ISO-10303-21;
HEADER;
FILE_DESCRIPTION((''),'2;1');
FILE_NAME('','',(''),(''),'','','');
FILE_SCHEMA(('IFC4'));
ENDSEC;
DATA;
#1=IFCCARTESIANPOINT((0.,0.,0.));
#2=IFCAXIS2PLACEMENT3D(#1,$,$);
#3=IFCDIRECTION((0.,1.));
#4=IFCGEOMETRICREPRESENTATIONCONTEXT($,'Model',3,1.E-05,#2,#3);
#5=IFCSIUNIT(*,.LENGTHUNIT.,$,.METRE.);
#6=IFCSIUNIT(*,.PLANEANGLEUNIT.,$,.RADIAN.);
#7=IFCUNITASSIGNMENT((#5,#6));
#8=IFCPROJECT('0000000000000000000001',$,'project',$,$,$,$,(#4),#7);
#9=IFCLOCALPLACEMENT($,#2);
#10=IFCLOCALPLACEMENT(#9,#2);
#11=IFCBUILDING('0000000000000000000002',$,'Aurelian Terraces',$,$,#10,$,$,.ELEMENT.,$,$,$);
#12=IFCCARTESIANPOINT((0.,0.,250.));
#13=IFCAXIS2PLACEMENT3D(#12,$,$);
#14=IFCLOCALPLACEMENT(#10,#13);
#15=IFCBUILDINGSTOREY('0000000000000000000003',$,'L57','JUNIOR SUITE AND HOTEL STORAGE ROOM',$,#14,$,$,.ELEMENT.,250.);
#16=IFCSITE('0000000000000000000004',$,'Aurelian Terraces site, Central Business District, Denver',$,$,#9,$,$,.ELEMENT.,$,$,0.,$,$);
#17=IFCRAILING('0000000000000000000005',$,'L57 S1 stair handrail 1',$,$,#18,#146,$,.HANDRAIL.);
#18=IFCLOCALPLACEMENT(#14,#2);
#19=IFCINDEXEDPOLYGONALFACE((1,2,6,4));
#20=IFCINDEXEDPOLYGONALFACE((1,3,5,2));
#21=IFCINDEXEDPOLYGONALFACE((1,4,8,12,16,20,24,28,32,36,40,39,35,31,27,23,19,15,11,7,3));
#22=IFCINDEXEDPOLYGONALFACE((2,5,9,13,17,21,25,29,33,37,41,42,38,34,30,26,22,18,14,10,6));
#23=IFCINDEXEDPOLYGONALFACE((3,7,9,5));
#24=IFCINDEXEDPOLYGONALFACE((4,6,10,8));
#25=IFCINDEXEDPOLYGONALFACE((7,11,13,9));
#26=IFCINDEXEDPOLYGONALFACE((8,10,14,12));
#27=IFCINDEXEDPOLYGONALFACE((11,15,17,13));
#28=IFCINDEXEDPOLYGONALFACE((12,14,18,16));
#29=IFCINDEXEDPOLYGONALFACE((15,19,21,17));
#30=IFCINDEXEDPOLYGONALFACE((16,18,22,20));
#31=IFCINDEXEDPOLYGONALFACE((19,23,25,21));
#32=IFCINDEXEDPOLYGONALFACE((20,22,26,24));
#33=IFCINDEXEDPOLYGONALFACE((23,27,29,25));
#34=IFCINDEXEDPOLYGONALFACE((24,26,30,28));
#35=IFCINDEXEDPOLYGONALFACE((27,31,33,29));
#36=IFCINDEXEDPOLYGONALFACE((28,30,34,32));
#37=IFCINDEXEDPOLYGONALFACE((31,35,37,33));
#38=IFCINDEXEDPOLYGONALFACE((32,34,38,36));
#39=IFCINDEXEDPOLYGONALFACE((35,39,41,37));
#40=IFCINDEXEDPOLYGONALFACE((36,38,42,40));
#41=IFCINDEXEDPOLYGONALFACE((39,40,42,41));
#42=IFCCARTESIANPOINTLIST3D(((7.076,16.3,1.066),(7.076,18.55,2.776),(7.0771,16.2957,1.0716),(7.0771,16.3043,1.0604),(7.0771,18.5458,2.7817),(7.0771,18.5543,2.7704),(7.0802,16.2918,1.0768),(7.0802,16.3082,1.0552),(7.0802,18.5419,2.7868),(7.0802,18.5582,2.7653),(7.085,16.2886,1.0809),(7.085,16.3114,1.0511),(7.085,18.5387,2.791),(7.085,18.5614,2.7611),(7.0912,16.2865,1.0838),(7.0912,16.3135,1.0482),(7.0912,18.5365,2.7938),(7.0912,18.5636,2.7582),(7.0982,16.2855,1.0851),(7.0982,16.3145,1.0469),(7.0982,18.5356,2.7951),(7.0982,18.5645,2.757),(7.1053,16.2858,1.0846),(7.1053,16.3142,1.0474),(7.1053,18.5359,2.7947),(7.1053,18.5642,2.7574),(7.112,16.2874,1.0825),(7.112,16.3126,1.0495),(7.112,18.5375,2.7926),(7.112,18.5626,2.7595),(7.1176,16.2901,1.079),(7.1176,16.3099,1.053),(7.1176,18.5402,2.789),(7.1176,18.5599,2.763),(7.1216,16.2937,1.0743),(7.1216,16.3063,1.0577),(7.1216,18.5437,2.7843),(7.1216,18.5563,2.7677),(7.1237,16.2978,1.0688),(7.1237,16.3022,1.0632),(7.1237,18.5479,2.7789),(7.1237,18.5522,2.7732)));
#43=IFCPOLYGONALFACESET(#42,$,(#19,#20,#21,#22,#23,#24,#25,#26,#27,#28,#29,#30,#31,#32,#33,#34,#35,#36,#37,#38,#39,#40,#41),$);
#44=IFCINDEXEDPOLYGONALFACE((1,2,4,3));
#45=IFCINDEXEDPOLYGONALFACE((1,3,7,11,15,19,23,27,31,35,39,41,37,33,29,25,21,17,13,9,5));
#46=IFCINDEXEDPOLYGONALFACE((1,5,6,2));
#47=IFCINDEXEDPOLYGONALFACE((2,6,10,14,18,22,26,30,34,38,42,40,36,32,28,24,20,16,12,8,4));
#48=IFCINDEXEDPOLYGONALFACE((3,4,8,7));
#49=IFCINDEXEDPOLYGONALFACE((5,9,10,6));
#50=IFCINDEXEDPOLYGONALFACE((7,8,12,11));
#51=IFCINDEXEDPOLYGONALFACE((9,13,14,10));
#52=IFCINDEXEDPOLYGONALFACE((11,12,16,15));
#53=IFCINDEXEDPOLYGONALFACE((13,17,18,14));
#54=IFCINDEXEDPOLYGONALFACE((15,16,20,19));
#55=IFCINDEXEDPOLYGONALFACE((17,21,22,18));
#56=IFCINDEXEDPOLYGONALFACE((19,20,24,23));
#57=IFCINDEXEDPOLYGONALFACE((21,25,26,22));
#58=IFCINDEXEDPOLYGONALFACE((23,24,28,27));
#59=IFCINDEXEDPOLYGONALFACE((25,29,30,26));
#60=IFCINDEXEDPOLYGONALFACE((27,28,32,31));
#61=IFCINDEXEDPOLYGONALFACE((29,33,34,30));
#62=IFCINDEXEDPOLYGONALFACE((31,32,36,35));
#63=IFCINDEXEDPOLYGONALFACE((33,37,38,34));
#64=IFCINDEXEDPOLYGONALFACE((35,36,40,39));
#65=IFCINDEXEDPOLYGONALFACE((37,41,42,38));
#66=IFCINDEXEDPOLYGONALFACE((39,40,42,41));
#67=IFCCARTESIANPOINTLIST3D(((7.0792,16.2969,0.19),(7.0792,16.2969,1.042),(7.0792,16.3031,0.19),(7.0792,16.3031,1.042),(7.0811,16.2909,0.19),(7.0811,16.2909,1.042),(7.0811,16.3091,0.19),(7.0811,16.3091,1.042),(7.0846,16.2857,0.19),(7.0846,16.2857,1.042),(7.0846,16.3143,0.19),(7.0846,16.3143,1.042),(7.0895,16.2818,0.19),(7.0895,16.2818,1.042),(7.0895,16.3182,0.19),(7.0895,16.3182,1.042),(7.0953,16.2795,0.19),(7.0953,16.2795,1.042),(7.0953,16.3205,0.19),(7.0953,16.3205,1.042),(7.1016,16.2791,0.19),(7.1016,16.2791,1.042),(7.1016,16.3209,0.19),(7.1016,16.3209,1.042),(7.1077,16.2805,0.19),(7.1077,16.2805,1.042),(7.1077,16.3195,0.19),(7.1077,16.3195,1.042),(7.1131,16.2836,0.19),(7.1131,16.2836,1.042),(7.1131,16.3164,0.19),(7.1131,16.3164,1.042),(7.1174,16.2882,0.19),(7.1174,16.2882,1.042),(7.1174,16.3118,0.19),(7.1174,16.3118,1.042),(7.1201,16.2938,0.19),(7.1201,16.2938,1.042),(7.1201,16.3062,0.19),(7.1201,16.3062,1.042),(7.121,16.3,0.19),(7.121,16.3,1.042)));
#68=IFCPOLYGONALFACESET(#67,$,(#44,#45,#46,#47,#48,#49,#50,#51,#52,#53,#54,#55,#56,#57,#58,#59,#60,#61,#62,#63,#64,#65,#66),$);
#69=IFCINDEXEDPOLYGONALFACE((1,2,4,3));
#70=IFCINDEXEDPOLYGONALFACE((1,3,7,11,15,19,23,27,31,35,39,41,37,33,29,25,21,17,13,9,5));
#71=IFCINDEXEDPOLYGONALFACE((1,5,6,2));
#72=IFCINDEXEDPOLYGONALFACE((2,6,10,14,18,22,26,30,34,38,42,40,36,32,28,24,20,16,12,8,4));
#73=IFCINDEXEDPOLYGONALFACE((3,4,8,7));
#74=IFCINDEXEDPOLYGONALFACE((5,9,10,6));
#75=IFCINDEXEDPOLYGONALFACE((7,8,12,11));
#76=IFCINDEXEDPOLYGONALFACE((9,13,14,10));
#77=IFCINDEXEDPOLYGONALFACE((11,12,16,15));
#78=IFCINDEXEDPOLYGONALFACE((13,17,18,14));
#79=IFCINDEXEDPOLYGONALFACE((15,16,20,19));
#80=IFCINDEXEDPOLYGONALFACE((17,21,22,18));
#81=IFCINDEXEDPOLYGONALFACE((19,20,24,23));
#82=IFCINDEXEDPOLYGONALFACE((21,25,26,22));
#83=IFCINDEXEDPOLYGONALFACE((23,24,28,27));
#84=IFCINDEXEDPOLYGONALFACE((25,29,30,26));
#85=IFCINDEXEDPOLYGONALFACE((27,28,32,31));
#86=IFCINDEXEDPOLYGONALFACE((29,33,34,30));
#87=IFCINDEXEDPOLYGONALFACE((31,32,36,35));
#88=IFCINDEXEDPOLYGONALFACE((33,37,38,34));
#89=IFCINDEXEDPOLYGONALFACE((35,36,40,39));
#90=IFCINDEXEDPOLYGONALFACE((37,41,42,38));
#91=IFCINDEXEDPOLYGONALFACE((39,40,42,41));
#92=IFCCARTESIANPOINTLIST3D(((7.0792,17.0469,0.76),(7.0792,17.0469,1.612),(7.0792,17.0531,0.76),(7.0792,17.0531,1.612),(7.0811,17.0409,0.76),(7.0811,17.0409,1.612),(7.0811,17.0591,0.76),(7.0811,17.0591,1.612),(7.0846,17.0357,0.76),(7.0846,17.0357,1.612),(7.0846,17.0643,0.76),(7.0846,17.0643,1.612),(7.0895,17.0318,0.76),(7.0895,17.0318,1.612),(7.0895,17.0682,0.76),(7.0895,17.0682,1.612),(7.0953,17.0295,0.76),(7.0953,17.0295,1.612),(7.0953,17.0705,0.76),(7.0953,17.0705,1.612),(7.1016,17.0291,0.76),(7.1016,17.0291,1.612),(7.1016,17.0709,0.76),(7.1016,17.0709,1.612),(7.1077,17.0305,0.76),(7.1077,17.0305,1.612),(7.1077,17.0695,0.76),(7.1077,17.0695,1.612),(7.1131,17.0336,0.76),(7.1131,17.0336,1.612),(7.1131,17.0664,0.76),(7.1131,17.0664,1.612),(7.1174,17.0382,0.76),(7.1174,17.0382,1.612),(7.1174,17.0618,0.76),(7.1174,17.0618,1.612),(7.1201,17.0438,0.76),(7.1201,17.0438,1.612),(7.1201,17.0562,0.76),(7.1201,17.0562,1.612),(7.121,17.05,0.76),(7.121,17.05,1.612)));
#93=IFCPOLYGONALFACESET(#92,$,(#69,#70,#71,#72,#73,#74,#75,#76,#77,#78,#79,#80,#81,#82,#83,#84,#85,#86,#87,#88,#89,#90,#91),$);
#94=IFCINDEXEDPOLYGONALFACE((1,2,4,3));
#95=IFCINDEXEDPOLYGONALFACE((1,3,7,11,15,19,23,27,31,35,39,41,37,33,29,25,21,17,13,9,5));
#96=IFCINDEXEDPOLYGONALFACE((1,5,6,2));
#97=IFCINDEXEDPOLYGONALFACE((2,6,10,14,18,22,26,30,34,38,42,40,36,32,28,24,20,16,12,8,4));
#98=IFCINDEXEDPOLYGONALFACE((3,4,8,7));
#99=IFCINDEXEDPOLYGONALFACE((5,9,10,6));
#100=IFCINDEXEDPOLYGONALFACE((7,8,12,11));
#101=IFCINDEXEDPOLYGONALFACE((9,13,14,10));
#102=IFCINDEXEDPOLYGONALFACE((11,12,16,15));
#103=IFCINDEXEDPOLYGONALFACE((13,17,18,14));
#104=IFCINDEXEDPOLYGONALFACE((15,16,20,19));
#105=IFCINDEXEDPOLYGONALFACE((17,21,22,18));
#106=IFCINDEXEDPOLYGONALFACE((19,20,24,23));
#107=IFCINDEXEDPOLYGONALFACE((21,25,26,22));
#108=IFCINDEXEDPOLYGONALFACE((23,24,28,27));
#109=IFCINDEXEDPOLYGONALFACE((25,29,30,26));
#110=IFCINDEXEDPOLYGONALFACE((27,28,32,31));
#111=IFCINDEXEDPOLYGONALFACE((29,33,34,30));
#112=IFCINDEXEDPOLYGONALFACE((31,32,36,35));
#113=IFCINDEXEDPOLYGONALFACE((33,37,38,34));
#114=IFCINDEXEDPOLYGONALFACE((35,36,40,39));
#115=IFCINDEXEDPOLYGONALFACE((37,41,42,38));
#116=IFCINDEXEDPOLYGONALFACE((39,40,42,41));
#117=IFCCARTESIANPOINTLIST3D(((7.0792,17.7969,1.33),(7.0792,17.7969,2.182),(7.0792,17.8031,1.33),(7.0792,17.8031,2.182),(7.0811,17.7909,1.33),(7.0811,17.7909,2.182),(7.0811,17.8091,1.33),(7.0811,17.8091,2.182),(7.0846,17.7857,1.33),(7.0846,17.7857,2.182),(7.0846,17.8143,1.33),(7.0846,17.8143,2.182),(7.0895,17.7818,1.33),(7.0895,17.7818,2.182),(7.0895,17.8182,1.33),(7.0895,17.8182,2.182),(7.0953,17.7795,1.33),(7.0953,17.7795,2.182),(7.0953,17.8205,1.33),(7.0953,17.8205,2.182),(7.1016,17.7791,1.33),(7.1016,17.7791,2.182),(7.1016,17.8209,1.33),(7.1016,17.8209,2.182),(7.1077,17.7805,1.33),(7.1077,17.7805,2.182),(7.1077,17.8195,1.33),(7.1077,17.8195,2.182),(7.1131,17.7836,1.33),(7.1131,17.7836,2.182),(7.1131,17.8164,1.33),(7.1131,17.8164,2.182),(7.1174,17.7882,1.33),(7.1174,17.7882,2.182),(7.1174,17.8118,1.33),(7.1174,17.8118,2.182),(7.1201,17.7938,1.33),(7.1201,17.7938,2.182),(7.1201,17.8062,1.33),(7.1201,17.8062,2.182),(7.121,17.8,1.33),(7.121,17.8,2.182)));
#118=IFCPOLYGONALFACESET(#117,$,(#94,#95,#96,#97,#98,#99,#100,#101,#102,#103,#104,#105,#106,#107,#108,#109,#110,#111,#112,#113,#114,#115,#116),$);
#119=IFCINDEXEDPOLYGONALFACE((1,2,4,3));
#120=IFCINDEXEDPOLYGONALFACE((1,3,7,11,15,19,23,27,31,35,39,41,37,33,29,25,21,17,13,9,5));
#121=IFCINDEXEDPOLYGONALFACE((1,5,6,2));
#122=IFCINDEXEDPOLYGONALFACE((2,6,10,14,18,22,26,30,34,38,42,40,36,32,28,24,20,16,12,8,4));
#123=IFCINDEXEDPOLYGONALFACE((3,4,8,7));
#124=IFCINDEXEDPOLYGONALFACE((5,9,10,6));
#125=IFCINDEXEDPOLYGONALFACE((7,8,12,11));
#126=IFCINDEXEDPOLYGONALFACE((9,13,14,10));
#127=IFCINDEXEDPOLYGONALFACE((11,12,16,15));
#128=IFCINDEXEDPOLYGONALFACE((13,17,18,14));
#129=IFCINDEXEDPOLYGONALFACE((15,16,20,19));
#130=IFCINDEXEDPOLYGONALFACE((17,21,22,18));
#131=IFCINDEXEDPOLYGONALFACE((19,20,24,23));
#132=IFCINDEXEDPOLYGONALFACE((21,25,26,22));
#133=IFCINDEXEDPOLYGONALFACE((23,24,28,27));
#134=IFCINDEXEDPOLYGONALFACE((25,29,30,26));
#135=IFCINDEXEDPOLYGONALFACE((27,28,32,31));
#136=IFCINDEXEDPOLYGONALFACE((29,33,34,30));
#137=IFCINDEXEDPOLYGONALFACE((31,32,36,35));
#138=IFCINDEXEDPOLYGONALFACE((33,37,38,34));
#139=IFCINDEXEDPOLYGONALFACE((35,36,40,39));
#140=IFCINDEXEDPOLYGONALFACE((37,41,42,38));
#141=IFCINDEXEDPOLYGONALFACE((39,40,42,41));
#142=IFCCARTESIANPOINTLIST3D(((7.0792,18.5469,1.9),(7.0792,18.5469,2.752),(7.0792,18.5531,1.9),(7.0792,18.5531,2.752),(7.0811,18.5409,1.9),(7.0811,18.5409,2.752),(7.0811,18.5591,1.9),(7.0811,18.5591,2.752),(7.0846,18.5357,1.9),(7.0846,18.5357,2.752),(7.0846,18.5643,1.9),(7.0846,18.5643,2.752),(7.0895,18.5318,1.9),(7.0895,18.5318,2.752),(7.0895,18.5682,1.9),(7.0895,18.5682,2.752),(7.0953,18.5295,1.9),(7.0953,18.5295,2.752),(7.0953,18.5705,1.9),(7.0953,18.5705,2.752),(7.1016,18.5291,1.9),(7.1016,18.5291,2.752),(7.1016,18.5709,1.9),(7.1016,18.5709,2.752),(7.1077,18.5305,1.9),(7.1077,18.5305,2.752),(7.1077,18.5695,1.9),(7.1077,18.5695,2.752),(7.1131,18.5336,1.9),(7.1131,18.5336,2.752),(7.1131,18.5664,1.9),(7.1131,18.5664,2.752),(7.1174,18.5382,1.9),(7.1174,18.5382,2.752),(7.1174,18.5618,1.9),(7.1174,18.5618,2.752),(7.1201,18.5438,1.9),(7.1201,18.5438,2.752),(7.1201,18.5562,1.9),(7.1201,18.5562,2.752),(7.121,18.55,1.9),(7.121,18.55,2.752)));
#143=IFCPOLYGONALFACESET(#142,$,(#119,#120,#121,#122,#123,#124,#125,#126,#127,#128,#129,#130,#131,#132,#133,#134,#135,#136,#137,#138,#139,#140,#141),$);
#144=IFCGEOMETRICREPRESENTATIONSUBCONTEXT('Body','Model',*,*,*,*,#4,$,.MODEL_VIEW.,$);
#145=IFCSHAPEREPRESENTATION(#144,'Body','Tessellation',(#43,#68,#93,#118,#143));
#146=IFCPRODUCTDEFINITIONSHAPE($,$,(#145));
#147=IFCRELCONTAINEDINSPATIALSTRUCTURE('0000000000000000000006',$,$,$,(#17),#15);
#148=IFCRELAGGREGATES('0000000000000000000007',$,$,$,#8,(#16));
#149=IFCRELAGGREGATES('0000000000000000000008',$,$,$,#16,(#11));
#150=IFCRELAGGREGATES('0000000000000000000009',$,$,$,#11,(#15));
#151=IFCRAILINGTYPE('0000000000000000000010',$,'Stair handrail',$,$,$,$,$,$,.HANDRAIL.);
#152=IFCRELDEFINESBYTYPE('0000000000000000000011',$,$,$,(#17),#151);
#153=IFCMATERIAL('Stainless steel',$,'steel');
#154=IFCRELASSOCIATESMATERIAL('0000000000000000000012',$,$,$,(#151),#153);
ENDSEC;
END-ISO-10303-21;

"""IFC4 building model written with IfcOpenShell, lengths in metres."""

from ifc_helpers import new_model, si_unit, direction, frame, origin, origin_2d, place, context, subcontext, project, spatial, circle, extrude, source, transform, mapped, material, type_object, element, save


model = new_model("IFC4")

# Units and contexts
model_context = context("Model", 3, precision=1e-05, world=origin(), true_north=direction((0.0, 1.0)))
body_context = subcontext(model_context, "Body", "Model", "MODEL_VIEW")
ifc_project = project(units=[si_unit("LENGTHUNIT", "METRE"), si_unit("PLANEANGLEUNIT", "RADIAN")], contexts=[model_context])

# Site, building, storey
site_placement = place(None, origin())
site = spatial("IfcSite", under=ifc_project, at=site_placement, Name="Aurelian Terraces site, Central Business District, Denver", CompositionType="ELEMENT", RefElevation=0.0)
building_placement = place(site_placement, origin())
building = spatial("IfcBuilding", under=site, at=building_placement, Name="Aurelian Terraces", CompositionType="ELEMENT")
storey_placement = place(building_placement, frame((0.0, 0.0, 250.0)))
storey = spatial("IfcBuildingStorey", under=building, at=storey_placement, Name="L57", Description="JUNIOR SUITE AND HOTEL STORAGE ROOM", CompositionType="ELEMENT", Elevation=250.0)

# Railing
ifc_material_1 = material(Name="Stainless steel", Category="steel")
railing_type_1 = type_object("IfcRailingType", Name="Stair handrail", PredefinedType="HANDRAIL", material=ifc_material_1)
shared_shape_1 = source(origin(), body_context, "Body", "SweptSolid", [
    extrude(circle(Radius=0.024, at=origin_2d()), frame((0.0, 0.0, 0.876), z_axis=(0.0, 0.796162, 0.605083), x_axis=(-1.0, 0.0, 0.0)), (0.0, 0.0, 1.0), 2.8261),
    extrude(circle(Radius=0.021, at=origin_2d()), origin(), (0.0, 0.0, 1.0), 0.852),
    extrude(circle(Radius=0.021, at=origin_2d()), frame((0.0, 0.75, 0.57)), (0.0, 0.0, 1.0), 0.852),
    extrude(circle(Radius=0.021, at=origin_2d()), frame((0.0, 1.5, 1.14)), (0.0, 0.0, 1.0), 0.852),
    extrude(circle(Radius=0.021, at=origin_2d()), frame((0.0, 2.25, 1.71)), (0.0, 0.0, 1.0), 0.852),
])
railing_1_placement = place(storey_placement, frame((7.1, 16.3, 0.19)))
element("IfcRailing", 1, at=railing_1_placement, inside=storey, type_object=railing_type_1, Name="L57 S1 stair handrail 1", PredefinedType="HANDRAIL", context=body_context, shape_type="MappedRepresentation", body=[
    mapped(shared_shape_1, transform((0.0, 0.0, 0.0), scale=1.0)),
])

save(model, "model.ifc")
